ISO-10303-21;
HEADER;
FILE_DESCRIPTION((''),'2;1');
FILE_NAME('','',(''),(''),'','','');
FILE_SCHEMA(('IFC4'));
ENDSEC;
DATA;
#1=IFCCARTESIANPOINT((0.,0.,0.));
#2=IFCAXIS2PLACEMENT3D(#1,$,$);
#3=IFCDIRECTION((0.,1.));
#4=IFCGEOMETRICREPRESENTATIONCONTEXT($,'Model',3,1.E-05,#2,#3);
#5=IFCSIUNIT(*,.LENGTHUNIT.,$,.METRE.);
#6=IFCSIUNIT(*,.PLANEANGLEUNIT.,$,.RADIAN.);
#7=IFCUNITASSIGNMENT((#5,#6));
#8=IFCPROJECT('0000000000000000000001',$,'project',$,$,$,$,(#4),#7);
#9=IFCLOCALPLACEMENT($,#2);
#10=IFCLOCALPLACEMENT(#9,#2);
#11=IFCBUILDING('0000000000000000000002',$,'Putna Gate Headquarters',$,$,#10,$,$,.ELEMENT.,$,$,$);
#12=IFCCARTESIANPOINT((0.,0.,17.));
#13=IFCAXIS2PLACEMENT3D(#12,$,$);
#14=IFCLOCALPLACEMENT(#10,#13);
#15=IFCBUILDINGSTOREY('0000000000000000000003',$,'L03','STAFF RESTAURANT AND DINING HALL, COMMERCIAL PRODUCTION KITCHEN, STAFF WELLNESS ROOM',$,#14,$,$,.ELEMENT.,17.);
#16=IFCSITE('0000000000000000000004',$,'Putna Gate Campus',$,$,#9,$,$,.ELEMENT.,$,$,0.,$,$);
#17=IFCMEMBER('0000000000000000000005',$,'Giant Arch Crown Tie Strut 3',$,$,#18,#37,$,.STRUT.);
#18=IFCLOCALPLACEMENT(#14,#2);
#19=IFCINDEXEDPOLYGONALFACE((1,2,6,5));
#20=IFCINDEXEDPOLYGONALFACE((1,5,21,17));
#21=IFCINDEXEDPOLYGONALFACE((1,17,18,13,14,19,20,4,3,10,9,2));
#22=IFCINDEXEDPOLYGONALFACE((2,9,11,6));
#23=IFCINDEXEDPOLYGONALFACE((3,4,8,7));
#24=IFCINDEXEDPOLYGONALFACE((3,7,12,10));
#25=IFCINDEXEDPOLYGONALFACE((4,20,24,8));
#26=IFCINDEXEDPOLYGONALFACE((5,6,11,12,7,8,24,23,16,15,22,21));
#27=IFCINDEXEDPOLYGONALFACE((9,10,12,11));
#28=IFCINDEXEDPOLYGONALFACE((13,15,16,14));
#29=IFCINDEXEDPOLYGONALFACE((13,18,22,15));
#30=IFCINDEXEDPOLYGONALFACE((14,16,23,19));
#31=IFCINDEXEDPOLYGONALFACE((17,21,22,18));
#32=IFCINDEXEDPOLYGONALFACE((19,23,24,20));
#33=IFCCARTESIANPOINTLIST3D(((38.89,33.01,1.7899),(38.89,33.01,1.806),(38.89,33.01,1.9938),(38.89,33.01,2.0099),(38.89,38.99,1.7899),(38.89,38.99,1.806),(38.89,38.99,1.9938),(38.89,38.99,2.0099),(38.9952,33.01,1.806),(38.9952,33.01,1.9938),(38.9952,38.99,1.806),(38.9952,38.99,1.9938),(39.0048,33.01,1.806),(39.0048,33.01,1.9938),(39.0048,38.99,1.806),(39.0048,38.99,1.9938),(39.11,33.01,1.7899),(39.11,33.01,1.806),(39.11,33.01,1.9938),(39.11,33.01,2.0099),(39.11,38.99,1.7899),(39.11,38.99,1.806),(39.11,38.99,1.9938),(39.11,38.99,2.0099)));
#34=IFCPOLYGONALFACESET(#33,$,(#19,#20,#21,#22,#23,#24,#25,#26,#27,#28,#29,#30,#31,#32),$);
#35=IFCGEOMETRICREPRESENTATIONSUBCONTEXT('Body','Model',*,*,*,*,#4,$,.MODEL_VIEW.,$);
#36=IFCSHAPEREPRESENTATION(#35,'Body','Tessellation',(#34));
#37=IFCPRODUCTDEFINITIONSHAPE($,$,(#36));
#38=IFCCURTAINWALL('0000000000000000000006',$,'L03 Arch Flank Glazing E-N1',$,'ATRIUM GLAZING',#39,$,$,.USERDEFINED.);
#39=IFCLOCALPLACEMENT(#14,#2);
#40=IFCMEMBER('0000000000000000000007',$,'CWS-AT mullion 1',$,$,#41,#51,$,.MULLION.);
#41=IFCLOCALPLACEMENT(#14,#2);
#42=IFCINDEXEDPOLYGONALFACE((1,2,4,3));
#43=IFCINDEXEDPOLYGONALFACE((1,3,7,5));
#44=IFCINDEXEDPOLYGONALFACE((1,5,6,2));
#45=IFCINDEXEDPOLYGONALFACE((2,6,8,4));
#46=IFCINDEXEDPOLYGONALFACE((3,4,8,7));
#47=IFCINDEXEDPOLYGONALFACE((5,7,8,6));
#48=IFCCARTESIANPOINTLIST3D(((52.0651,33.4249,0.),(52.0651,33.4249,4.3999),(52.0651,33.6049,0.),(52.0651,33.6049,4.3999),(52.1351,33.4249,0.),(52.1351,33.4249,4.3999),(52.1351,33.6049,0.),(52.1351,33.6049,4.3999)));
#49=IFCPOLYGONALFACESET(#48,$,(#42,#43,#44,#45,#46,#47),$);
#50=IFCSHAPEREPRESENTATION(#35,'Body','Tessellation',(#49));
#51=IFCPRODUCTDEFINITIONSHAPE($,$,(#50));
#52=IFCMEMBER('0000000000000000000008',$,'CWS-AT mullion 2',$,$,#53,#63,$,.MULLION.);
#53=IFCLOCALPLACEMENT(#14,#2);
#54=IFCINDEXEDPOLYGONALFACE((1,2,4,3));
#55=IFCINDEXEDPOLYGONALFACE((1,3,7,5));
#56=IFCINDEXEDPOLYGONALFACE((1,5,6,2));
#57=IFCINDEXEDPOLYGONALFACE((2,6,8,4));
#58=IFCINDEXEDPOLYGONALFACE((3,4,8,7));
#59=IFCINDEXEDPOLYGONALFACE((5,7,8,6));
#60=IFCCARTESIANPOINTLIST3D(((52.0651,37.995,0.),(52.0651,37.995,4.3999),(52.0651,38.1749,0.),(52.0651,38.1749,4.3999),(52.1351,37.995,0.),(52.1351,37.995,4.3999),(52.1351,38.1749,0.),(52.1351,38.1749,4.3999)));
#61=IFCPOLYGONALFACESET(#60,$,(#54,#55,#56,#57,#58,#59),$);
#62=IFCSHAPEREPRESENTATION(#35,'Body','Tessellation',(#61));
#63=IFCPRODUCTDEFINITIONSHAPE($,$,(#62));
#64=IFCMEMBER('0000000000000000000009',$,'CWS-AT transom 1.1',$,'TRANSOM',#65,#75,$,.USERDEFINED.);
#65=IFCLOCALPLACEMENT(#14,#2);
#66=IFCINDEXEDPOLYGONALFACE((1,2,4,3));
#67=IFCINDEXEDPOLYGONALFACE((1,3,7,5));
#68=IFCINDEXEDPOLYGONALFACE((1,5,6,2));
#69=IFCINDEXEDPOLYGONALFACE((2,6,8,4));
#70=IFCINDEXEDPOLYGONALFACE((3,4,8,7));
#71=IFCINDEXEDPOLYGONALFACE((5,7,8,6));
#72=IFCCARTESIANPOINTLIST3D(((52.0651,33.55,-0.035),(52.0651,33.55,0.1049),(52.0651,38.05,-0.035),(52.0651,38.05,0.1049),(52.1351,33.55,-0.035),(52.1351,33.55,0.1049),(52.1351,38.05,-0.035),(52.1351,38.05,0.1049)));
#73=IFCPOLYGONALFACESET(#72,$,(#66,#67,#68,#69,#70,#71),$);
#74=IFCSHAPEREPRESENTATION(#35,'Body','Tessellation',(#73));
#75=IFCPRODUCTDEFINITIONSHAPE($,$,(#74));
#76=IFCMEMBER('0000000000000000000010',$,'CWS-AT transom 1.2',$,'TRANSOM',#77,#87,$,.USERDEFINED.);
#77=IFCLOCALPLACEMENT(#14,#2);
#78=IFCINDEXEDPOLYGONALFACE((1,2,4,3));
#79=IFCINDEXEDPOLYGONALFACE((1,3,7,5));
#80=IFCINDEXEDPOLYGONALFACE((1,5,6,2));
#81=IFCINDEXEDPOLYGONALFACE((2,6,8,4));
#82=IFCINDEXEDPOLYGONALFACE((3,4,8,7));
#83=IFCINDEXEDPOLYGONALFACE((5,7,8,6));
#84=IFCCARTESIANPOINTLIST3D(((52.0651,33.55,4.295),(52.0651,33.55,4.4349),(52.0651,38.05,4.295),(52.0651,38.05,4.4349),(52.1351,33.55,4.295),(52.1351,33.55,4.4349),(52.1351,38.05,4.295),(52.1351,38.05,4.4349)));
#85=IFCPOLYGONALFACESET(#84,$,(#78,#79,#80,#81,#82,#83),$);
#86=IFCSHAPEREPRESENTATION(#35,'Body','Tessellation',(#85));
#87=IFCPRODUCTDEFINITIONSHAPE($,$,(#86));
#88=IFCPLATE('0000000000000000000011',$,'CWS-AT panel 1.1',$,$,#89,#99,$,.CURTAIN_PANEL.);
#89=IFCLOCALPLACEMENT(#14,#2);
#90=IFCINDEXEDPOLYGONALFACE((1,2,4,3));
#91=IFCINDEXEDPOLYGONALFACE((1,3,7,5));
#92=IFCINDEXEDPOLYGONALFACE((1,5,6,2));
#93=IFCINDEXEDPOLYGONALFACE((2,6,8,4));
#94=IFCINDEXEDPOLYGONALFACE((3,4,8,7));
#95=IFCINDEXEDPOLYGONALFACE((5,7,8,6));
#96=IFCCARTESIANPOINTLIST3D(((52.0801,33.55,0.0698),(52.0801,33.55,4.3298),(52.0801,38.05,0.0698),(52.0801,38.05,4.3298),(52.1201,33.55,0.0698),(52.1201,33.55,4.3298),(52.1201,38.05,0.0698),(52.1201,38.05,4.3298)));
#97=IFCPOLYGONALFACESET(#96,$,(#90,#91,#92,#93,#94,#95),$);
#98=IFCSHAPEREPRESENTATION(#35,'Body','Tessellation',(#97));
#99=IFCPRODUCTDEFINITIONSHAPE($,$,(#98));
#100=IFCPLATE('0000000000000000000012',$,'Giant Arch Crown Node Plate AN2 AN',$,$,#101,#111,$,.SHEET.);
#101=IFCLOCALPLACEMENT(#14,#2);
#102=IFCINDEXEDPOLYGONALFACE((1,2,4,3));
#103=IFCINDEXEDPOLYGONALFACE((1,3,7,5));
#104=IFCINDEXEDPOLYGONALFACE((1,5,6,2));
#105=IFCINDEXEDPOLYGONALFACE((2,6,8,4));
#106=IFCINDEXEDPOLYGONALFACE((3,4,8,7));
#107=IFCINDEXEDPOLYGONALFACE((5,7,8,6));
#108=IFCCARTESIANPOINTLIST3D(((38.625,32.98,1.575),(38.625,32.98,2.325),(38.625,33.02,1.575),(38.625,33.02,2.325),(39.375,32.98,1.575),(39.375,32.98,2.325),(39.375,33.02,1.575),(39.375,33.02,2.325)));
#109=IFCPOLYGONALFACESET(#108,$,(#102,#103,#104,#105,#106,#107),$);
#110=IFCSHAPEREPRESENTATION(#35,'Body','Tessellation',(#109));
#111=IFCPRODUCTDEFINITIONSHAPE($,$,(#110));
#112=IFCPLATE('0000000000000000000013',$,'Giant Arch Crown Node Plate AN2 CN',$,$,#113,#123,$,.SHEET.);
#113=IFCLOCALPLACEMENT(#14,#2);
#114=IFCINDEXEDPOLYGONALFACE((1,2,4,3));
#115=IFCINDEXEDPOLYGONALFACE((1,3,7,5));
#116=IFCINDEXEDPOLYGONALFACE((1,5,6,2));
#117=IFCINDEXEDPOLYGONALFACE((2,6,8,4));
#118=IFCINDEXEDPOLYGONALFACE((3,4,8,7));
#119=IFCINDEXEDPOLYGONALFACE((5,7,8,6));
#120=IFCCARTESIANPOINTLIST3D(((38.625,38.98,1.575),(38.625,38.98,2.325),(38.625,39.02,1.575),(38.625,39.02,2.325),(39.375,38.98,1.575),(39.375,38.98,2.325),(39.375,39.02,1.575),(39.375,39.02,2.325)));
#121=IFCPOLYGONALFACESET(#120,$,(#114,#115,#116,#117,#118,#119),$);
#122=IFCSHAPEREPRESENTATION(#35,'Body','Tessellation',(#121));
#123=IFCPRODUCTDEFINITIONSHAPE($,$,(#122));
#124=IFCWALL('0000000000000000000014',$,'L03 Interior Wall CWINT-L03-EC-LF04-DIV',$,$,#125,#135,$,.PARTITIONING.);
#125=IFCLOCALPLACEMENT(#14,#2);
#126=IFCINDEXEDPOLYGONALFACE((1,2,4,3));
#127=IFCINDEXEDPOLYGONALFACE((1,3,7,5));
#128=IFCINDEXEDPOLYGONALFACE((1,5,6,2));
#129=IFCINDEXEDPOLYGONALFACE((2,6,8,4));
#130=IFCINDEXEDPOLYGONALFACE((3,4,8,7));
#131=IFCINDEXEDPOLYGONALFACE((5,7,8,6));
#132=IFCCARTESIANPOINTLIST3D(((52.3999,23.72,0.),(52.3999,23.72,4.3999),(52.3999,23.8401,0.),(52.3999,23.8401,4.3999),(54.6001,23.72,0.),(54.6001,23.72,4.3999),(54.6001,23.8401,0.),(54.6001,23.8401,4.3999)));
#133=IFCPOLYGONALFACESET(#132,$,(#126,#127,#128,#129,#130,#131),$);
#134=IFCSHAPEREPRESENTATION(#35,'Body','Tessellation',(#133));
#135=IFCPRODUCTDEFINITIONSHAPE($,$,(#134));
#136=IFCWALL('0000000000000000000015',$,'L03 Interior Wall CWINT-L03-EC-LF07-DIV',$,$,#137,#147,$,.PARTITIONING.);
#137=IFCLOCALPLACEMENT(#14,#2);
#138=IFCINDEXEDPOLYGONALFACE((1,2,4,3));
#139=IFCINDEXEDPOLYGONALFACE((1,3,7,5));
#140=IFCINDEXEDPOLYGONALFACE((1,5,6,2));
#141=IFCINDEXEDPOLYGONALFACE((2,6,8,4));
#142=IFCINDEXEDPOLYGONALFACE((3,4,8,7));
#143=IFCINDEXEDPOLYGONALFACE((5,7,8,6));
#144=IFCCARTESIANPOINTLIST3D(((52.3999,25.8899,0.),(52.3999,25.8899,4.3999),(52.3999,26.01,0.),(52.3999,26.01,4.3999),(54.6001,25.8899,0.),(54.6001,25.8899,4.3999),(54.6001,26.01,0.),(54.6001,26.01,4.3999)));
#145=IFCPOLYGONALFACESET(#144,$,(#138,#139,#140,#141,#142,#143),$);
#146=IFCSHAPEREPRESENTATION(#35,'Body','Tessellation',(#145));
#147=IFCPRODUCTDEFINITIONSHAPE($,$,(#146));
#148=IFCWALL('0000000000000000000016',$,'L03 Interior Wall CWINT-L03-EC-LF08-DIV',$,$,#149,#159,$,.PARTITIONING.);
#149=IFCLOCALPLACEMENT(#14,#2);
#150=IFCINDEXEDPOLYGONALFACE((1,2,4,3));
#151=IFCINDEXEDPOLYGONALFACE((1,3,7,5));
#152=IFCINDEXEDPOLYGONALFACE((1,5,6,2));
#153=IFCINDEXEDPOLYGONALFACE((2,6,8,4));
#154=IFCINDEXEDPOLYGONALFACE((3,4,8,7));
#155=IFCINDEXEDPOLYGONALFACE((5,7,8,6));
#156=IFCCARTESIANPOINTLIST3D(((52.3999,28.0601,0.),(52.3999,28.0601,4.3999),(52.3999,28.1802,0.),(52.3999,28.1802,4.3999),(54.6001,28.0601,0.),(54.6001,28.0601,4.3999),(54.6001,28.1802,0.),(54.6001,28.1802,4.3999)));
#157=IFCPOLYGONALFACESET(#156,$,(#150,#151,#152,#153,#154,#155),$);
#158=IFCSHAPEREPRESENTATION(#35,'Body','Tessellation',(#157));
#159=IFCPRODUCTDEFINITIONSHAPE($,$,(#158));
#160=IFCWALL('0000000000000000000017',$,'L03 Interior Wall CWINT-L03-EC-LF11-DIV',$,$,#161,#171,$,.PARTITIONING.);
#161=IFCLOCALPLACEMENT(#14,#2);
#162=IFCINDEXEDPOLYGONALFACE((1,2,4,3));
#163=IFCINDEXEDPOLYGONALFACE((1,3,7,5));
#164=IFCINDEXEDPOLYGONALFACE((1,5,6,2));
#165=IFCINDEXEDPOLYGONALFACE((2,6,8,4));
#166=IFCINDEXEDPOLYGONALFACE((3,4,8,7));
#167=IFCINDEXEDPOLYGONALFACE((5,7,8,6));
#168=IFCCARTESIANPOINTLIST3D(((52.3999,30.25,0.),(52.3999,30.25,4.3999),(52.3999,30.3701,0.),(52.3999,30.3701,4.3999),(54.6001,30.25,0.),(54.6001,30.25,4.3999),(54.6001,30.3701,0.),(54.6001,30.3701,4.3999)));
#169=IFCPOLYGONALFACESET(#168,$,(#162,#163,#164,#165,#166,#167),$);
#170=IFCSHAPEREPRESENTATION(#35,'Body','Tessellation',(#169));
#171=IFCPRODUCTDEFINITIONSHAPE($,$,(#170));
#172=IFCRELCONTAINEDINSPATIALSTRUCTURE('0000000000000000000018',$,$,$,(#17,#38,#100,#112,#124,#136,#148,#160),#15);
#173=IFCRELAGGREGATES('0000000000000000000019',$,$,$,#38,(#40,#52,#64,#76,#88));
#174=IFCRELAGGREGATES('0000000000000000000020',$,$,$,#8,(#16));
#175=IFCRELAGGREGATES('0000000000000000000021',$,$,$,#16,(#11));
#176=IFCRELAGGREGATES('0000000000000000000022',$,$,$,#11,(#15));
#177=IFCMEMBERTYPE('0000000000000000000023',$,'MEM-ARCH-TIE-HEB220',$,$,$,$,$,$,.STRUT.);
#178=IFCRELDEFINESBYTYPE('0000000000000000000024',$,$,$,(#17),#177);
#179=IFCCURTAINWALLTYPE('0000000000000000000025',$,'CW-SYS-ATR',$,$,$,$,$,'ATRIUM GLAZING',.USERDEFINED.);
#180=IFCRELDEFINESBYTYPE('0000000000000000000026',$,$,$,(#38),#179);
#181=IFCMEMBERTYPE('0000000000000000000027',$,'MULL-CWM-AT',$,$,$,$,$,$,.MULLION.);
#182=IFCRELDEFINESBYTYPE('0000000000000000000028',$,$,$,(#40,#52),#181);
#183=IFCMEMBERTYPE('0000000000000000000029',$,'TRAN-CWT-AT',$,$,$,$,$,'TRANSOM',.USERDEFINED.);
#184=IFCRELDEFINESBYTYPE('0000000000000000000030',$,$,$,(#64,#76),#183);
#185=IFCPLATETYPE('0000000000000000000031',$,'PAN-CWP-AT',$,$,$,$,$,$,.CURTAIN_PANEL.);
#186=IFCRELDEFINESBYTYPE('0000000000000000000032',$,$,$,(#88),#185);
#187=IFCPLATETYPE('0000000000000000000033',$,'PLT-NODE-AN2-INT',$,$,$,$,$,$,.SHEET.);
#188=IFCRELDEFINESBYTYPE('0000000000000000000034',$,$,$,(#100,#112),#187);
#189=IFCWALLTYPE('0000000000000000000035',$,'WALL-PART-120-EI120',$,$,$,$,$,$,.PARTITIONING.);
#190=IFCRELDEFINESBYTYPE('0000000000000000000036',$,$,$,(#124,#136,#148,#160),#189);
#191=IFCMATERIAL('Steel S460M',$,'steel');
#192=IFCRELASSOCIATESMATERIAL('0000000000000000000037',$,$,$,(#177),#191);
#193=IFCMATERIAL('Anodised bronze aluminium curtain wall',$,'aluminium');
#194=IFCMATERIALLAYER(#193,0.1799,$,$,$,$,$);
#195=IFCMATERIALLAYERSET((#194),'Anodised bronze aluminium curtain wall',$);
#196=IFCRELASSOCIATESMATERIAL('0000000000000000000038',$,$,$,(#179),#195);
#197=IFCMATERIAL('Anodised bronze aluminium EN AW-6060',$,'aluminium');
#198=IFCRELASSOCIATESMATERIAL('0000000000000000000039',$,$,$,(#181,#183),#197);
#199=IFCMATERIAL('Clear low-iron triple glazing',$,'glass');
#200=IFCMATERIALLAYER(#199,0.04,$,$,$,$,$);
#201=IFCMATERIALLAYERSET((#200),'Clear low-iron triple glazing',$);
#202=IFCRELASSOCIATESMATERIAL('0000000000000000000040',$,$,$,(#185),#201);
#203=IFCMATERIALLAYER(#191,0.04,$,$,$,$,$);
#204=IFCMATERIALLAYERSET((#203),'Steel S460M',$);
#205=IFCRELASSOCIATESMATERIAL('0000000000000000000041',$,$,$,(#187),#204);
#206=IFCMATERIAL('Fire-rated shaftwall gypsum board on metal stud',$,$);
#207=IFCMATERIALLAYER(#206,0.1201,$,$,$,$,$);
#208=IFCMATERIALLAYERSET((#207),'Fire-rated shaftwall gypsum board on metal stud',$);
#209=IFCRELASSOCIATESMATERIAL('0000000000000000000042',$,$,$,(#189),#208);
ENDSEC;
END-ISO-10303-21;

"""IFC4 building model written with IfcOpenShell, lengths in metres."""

from ifc_helpers import new_model, si_unit, direction, frame, frame_2d, origin, origin_2d, place, context, subcontext, project, spatial, rectangle, i_section, extrude, material, layer, layer_set, material_profile, profile_set, type_object, element, aggregate, save


model = new_model("IFC4")

# Units and contexts
model_context = context("Model", 3, precision=1e-05, world=origin(), true_north=direction((0.0, 1.0)))
body_context = subcontext(model_context, "Body", "Model", "MODEL_VIEW")
ifc_project = project(units=[si_unit("LENGTHUNIT", "METRE"), si_unit("PLANEANGLEUNIT", "RADIAN")], contexts=[model_context])

# Site, building, storey
site_placement = place(None, origin())
site = spatial("IfcSite", under=ifc_project, at=site_placement, Name="Putna Gate Campus", CompositionType="ELEMENT", RefElevation=0.0)
building_placement = place(site_placement, origin())
building = spatial("IfcBuilding", under=site, at=building_placement, Name="Putna Gate Headquarters", CompositionType="ELEMENT")
storey_placement = place(building_placement, frame((0.0, 0.0, 17.0)))
storey = spatial("IfcBuildingStorey", under=building, at=storey_placement, Name="L03", Description="STAFF RESTAURANT AND DINING HALL, COMMERCIAL PRODUCTION KITCHEN, STAFF WELLNESS ROOM", CompositionType="ELEMENT", Elevation=17.0)

# Member
ifc_material_1 = material(Name="Steel S460M", Category="steel")
ifc_material_profile_1 = material_profile(ifc_material_1, i_section(OverallWidth=0.22, OverallDepth=0.22, WebThickness=0.0095, FlangeThickness=0.0161, at=origin_2d()), Name="Steel S460M")
ifc_profile_set_1 = profile_set([ifc_material_profile_1], Name="Steel S460M")
member_type_1 = type_object("IfcMemberType", Name="MEM-ARCH-TIE-HEB220", PredefinedType="STRUT", material=ifc_profile_set_1)
member_1_placement = place(storey_placement, frame((39.0, 33.01, 1.8999), z_axis=(0.0, 1.0, 0.0), x_axis=(-1.0, 0.0, 0.0)))
element("IfcMember", 1, at=member_1_placement, inside=storey, type_object=member_type_1, Name="Giant Arch Crown Tie Strut 3", PredefinedType="STRUT", context=body_context, shape_type="SweptSolid", body=[
    extrude(i_section(OverallWidth=0.22, OverallDepth=0.22, WebThickness=0.0095, FlangeThickness=0.0161, at=origin_2d()), origin(), (0.0, 0.0, 1.0), 5.98),
])

# Curtain wall, members, plate
ifc_material_2 = material(Name="Anodised bronze aluminium curtain wall", Category="aluminium")
ifc_layer_1 = layer(ifc_material_2, 0.1799)
ifc_layer_set_1 = layer_set([ifc_layer_1], Name="Anodised bronze aluminium curtain wall")
curtain_wall_type = type_object("IfcCurtainWallType", Name="CW-SYS-ATR", ElementType="ATRIUM GLAZING", PredefinedType="USERDEFINED", material=ifc_layer_set_1)
curtain_wall_placement = place(storey_placement, origin())
curtain_wall = element("IfcCurtainWall", 2, at=curtain_wall_placement, inside=storey, type_object=curtain_wall_type, Name="L03 Arch Flank Glazing E-N1", ObjectType="ATRIUM GLAZING", PredefinedType="USERDEFINED")
ifc_material_3 = material(Name="Anodised bronze aluminium EN AW-6060", Category="aluminium")
ifc_material_profile_2 = material_profile(ifc_material_3, rectangle(XDim=0.0701, YDim=0.1799, at=origin_2d()), Name="Anodised bronze aluminium EN AW-6060")
ifc_profile_set_2 = profile_set([ifc_material_profile_2], Name="Anodised bronze aluminium EN AW-6060")
member_type_2 = type_object("IfcMemberType", Name="MULL-CWM-AT", PredefinedType="MULLION", material=ifc_profile_set_2)
member_2_placement = place(storey_placement, frame((52.1001, 33.5149, 0.0), z_axis=(0.0, 0.0, 1.0), x_axis=(-1.0, 0.0, 0.0)))
member_2 = element("IfcMember", 3, at=member_2_placement, type_object=member_type_2, Name="CWS-AT mullion 1", PredefinedType="MULLION", context=body_context, shape_type="SweptSolid", body=[
    extrude(rectangle(XDim=0.0701, YDim=0.1799, at=origin_2d()), origin(), (0.0, 0.0, 1.0), 4.3999),
])
member_3_placement = place(storey_placement, frame((52.1001, 38.085, 0.0), z_axis=(0.0, 0.0, 1.0), x_axis=(-1.0, 0.0, 0.0)))
member_3 = element("IfcMember", 4, at=member_3_placement, type_object=member_type_2, Name="CWS-AT mullion 2", PredefinedType="MULLION", context=body_context, shape_type="SweptSolid", body=[
    extrude(rectangle(XDim=0.0701, YDim=0.1799, at=origin_2d()), origin(), (0.0, 0.0, 1.0), 4.3999),
])
ifc_material_profile_3 = material_profile(ifc_material_3, rectangle(XDim=0.0701, YDim=0.1399, at=origin_2d()), Name="Anodised bronze aluminium EN AW-6060")
ifc_profile_set_3 = profile_set([ifc_material_profile_3], Name="Anodised bronze aluminium EN AW-6060")
member_type_3 = type_object("IfcMemberType", Name="TRAN-CWT-AT", ElementType="TRANSOM", PredefinedType="USERDEFINED", material=ifc_profile_set_3)
member_4_placement = place(storey_placement, frame((52.1001, 33.55, 0.0349), z_axis=(0.0, 1.0, 0.0), x_axis=(-1.0, 0.0, 0.0)))
member_4 = element("IfcMember", 5, at=member_4_placement, type_object=member_type_3, Name="CWS-AT transom 1.1", ObjectType="TRANSOM", PredefinedType="USERDEFINED", context=body_context, shape_type="SweptSolid", body=[
    extrude(rectangle(XDim=0.0701, YDim=0.1399, at=origin_2d()), origin(), (0.0, 0.0, 1.0), 4.5),
])
member_5_placement = place(storey_placement, frame((52.1001, 33.55, 4.365), z_axis=(0.0, 1.0, 0.0), x_axis=(-1.0, 0.0, 0.0)))
member_5 = element("IfcMember", 6, at=member_5_placement, type_object=member_type_3, Name="CWS-AT transom 1.2", ObjectType="TRANSOM", PredefinedType="USERDEFINED", context=body_context, shape_type="SweptSolid", body=[
    extrude(rectangle(XDim=0.0701, YDim=0.1399, at=origin_2d()), origin(), (0.0, 0.0, 1.0), 4.5),
])
ifc_material_4 = material(Name="Clear low-iron triple glazing", Category="glass")
ifc_layer_2 = layer(ifc_material_4, 0.04)
ifc_layer_set_2 = layer_set([ifc_layer_2], Name="Clear low-iron triple glazing")
plate_type_1 = type_object("IfcPlateType", Name="PAN-CWP-AT", PredefinedType="CURTAIN_PANEL", material=ifc_layer_set_2)
plate_placement = place(storey_placement, frame((52.1001, 35.8, 0.0698), z_axis=(0.0, 0.0, 1.0), x_axis=(0.0, 1.0, 0.0)))
plate = element("IfcPlate", 7, at=plate_placement, type_object=plate_type_1, Name="CWS-AT panel 1.1", PredefinedType="CURTAIN_PANEL", context=body_context, shape_type="SweptSolid", body=[
    extrude(rectangle(XDim=4.5, YDim=0.04, at=origin_2d()), origin(), (0.0, 0.0, 1.0), 4.26),
])
aggregate(curtain_wall, [member_2, member_3, member_4, member_5, plate])

# Plates
ifc_layer_3 = layer(ifc_material_1, 0.04)
ifc_layer_set_3 = layer_set([ifc_layer_3], Name="Steel S460M")
plate_type_2 = type_object("IfcPlateType", Name="PLT-NODE-AN2-INT", PredefinedType="SHEET", material=ifc_layer_set_3)
for number, where, z_axis, x_axis, name in (
    (8, (39.0, 33.0, 1.575), (0.0, 0.0, 1.0), (1.0, 0.0, 0.0), "Giant Arch Crown Node Plate AN2 AN"),
    (9, (39.0, 39.0, 1.575), (0.0, 0.0, 1.0), (1.0, 0.0, 0.0), "Giant Arch Crown Node Plate AN2 CN"),
):
    element("IfcPlate", number, at=place(storey_placement, frame(where, z_axis=z_axis, x_axis=x_axis)), inside=storey, type_object=plate_type_2, Name=name, PredefinedType="SHEET", context=body_context, shape_type="SweptSolid", body=[
        extrude(rectangle(XDim=0.75, YDim=0.04, at=origin_2d()), origin(), (0.0, 0.0, 1.0), 0.75),
    ])

# Walls
ifc_material_5 = material(Name="Fire-rated shaftwall gypsum board on metal stud")
ifc_layer_4 = layer(ifc_material_5, 0.1201)
ifc_layer_set_4 = layer_set([ifc_layer_4], Name="Fire-rated shaftwall gypsum board on metal stud")
wall_type_1 = type_object("IfcWallType", Name="WALL-PART-120-EI120", PredefinedType="PARTITIONING", material=ifc_layer_set_4)
for number, where, z_axis, x_axis, name in (
    (10, (52.3999, 23.78, 0.0), (0.0, 0.0, 1.0), (1.0, 0.0, 0.0), "L03 Interior Wall CWINT-L03-EC-LF04-DIV"),
    (11, (52.3999, 25.95, 0.0), (0.0, 0.0, 1.0), (1.0, 0.0, 0.0), "L03 Interior Wall CWINT-L03-EC-LF07-DIV"),
    (12, (52.3999, 28.1201, 0.0), (0.0, 0.0, 1.0), (1.0, 0.0, 0.0), "L03 Interior Wall CWINT-L03-EC-LF08-DIV"),
    (13, (52.3999, 30.3101, 0.0), (0.0, 0.0, 1.0), (1.0, 0.0, 0.0), "L03 Interior Wall CWINT-L03-EC-LF11-DIV"),
):
    element("IfcWall", number, at=place(storey_placement, frame(where, z_axis=z_axis, x_axis=x_axis)), inside=storey, type_object=wall_type_1, Name=name, PredefinedType="PARTITIONING", context=body_context, shape_type="SweptSolid", body=[
        extrude(rectangle(XDim=2.2002, YDim=0.1201, at=frame_2d((1.1001, 0.0))), origin(), (0.0, 0.0, 1.0), 4.3999),
    ])

save(model, "model.ifc")
